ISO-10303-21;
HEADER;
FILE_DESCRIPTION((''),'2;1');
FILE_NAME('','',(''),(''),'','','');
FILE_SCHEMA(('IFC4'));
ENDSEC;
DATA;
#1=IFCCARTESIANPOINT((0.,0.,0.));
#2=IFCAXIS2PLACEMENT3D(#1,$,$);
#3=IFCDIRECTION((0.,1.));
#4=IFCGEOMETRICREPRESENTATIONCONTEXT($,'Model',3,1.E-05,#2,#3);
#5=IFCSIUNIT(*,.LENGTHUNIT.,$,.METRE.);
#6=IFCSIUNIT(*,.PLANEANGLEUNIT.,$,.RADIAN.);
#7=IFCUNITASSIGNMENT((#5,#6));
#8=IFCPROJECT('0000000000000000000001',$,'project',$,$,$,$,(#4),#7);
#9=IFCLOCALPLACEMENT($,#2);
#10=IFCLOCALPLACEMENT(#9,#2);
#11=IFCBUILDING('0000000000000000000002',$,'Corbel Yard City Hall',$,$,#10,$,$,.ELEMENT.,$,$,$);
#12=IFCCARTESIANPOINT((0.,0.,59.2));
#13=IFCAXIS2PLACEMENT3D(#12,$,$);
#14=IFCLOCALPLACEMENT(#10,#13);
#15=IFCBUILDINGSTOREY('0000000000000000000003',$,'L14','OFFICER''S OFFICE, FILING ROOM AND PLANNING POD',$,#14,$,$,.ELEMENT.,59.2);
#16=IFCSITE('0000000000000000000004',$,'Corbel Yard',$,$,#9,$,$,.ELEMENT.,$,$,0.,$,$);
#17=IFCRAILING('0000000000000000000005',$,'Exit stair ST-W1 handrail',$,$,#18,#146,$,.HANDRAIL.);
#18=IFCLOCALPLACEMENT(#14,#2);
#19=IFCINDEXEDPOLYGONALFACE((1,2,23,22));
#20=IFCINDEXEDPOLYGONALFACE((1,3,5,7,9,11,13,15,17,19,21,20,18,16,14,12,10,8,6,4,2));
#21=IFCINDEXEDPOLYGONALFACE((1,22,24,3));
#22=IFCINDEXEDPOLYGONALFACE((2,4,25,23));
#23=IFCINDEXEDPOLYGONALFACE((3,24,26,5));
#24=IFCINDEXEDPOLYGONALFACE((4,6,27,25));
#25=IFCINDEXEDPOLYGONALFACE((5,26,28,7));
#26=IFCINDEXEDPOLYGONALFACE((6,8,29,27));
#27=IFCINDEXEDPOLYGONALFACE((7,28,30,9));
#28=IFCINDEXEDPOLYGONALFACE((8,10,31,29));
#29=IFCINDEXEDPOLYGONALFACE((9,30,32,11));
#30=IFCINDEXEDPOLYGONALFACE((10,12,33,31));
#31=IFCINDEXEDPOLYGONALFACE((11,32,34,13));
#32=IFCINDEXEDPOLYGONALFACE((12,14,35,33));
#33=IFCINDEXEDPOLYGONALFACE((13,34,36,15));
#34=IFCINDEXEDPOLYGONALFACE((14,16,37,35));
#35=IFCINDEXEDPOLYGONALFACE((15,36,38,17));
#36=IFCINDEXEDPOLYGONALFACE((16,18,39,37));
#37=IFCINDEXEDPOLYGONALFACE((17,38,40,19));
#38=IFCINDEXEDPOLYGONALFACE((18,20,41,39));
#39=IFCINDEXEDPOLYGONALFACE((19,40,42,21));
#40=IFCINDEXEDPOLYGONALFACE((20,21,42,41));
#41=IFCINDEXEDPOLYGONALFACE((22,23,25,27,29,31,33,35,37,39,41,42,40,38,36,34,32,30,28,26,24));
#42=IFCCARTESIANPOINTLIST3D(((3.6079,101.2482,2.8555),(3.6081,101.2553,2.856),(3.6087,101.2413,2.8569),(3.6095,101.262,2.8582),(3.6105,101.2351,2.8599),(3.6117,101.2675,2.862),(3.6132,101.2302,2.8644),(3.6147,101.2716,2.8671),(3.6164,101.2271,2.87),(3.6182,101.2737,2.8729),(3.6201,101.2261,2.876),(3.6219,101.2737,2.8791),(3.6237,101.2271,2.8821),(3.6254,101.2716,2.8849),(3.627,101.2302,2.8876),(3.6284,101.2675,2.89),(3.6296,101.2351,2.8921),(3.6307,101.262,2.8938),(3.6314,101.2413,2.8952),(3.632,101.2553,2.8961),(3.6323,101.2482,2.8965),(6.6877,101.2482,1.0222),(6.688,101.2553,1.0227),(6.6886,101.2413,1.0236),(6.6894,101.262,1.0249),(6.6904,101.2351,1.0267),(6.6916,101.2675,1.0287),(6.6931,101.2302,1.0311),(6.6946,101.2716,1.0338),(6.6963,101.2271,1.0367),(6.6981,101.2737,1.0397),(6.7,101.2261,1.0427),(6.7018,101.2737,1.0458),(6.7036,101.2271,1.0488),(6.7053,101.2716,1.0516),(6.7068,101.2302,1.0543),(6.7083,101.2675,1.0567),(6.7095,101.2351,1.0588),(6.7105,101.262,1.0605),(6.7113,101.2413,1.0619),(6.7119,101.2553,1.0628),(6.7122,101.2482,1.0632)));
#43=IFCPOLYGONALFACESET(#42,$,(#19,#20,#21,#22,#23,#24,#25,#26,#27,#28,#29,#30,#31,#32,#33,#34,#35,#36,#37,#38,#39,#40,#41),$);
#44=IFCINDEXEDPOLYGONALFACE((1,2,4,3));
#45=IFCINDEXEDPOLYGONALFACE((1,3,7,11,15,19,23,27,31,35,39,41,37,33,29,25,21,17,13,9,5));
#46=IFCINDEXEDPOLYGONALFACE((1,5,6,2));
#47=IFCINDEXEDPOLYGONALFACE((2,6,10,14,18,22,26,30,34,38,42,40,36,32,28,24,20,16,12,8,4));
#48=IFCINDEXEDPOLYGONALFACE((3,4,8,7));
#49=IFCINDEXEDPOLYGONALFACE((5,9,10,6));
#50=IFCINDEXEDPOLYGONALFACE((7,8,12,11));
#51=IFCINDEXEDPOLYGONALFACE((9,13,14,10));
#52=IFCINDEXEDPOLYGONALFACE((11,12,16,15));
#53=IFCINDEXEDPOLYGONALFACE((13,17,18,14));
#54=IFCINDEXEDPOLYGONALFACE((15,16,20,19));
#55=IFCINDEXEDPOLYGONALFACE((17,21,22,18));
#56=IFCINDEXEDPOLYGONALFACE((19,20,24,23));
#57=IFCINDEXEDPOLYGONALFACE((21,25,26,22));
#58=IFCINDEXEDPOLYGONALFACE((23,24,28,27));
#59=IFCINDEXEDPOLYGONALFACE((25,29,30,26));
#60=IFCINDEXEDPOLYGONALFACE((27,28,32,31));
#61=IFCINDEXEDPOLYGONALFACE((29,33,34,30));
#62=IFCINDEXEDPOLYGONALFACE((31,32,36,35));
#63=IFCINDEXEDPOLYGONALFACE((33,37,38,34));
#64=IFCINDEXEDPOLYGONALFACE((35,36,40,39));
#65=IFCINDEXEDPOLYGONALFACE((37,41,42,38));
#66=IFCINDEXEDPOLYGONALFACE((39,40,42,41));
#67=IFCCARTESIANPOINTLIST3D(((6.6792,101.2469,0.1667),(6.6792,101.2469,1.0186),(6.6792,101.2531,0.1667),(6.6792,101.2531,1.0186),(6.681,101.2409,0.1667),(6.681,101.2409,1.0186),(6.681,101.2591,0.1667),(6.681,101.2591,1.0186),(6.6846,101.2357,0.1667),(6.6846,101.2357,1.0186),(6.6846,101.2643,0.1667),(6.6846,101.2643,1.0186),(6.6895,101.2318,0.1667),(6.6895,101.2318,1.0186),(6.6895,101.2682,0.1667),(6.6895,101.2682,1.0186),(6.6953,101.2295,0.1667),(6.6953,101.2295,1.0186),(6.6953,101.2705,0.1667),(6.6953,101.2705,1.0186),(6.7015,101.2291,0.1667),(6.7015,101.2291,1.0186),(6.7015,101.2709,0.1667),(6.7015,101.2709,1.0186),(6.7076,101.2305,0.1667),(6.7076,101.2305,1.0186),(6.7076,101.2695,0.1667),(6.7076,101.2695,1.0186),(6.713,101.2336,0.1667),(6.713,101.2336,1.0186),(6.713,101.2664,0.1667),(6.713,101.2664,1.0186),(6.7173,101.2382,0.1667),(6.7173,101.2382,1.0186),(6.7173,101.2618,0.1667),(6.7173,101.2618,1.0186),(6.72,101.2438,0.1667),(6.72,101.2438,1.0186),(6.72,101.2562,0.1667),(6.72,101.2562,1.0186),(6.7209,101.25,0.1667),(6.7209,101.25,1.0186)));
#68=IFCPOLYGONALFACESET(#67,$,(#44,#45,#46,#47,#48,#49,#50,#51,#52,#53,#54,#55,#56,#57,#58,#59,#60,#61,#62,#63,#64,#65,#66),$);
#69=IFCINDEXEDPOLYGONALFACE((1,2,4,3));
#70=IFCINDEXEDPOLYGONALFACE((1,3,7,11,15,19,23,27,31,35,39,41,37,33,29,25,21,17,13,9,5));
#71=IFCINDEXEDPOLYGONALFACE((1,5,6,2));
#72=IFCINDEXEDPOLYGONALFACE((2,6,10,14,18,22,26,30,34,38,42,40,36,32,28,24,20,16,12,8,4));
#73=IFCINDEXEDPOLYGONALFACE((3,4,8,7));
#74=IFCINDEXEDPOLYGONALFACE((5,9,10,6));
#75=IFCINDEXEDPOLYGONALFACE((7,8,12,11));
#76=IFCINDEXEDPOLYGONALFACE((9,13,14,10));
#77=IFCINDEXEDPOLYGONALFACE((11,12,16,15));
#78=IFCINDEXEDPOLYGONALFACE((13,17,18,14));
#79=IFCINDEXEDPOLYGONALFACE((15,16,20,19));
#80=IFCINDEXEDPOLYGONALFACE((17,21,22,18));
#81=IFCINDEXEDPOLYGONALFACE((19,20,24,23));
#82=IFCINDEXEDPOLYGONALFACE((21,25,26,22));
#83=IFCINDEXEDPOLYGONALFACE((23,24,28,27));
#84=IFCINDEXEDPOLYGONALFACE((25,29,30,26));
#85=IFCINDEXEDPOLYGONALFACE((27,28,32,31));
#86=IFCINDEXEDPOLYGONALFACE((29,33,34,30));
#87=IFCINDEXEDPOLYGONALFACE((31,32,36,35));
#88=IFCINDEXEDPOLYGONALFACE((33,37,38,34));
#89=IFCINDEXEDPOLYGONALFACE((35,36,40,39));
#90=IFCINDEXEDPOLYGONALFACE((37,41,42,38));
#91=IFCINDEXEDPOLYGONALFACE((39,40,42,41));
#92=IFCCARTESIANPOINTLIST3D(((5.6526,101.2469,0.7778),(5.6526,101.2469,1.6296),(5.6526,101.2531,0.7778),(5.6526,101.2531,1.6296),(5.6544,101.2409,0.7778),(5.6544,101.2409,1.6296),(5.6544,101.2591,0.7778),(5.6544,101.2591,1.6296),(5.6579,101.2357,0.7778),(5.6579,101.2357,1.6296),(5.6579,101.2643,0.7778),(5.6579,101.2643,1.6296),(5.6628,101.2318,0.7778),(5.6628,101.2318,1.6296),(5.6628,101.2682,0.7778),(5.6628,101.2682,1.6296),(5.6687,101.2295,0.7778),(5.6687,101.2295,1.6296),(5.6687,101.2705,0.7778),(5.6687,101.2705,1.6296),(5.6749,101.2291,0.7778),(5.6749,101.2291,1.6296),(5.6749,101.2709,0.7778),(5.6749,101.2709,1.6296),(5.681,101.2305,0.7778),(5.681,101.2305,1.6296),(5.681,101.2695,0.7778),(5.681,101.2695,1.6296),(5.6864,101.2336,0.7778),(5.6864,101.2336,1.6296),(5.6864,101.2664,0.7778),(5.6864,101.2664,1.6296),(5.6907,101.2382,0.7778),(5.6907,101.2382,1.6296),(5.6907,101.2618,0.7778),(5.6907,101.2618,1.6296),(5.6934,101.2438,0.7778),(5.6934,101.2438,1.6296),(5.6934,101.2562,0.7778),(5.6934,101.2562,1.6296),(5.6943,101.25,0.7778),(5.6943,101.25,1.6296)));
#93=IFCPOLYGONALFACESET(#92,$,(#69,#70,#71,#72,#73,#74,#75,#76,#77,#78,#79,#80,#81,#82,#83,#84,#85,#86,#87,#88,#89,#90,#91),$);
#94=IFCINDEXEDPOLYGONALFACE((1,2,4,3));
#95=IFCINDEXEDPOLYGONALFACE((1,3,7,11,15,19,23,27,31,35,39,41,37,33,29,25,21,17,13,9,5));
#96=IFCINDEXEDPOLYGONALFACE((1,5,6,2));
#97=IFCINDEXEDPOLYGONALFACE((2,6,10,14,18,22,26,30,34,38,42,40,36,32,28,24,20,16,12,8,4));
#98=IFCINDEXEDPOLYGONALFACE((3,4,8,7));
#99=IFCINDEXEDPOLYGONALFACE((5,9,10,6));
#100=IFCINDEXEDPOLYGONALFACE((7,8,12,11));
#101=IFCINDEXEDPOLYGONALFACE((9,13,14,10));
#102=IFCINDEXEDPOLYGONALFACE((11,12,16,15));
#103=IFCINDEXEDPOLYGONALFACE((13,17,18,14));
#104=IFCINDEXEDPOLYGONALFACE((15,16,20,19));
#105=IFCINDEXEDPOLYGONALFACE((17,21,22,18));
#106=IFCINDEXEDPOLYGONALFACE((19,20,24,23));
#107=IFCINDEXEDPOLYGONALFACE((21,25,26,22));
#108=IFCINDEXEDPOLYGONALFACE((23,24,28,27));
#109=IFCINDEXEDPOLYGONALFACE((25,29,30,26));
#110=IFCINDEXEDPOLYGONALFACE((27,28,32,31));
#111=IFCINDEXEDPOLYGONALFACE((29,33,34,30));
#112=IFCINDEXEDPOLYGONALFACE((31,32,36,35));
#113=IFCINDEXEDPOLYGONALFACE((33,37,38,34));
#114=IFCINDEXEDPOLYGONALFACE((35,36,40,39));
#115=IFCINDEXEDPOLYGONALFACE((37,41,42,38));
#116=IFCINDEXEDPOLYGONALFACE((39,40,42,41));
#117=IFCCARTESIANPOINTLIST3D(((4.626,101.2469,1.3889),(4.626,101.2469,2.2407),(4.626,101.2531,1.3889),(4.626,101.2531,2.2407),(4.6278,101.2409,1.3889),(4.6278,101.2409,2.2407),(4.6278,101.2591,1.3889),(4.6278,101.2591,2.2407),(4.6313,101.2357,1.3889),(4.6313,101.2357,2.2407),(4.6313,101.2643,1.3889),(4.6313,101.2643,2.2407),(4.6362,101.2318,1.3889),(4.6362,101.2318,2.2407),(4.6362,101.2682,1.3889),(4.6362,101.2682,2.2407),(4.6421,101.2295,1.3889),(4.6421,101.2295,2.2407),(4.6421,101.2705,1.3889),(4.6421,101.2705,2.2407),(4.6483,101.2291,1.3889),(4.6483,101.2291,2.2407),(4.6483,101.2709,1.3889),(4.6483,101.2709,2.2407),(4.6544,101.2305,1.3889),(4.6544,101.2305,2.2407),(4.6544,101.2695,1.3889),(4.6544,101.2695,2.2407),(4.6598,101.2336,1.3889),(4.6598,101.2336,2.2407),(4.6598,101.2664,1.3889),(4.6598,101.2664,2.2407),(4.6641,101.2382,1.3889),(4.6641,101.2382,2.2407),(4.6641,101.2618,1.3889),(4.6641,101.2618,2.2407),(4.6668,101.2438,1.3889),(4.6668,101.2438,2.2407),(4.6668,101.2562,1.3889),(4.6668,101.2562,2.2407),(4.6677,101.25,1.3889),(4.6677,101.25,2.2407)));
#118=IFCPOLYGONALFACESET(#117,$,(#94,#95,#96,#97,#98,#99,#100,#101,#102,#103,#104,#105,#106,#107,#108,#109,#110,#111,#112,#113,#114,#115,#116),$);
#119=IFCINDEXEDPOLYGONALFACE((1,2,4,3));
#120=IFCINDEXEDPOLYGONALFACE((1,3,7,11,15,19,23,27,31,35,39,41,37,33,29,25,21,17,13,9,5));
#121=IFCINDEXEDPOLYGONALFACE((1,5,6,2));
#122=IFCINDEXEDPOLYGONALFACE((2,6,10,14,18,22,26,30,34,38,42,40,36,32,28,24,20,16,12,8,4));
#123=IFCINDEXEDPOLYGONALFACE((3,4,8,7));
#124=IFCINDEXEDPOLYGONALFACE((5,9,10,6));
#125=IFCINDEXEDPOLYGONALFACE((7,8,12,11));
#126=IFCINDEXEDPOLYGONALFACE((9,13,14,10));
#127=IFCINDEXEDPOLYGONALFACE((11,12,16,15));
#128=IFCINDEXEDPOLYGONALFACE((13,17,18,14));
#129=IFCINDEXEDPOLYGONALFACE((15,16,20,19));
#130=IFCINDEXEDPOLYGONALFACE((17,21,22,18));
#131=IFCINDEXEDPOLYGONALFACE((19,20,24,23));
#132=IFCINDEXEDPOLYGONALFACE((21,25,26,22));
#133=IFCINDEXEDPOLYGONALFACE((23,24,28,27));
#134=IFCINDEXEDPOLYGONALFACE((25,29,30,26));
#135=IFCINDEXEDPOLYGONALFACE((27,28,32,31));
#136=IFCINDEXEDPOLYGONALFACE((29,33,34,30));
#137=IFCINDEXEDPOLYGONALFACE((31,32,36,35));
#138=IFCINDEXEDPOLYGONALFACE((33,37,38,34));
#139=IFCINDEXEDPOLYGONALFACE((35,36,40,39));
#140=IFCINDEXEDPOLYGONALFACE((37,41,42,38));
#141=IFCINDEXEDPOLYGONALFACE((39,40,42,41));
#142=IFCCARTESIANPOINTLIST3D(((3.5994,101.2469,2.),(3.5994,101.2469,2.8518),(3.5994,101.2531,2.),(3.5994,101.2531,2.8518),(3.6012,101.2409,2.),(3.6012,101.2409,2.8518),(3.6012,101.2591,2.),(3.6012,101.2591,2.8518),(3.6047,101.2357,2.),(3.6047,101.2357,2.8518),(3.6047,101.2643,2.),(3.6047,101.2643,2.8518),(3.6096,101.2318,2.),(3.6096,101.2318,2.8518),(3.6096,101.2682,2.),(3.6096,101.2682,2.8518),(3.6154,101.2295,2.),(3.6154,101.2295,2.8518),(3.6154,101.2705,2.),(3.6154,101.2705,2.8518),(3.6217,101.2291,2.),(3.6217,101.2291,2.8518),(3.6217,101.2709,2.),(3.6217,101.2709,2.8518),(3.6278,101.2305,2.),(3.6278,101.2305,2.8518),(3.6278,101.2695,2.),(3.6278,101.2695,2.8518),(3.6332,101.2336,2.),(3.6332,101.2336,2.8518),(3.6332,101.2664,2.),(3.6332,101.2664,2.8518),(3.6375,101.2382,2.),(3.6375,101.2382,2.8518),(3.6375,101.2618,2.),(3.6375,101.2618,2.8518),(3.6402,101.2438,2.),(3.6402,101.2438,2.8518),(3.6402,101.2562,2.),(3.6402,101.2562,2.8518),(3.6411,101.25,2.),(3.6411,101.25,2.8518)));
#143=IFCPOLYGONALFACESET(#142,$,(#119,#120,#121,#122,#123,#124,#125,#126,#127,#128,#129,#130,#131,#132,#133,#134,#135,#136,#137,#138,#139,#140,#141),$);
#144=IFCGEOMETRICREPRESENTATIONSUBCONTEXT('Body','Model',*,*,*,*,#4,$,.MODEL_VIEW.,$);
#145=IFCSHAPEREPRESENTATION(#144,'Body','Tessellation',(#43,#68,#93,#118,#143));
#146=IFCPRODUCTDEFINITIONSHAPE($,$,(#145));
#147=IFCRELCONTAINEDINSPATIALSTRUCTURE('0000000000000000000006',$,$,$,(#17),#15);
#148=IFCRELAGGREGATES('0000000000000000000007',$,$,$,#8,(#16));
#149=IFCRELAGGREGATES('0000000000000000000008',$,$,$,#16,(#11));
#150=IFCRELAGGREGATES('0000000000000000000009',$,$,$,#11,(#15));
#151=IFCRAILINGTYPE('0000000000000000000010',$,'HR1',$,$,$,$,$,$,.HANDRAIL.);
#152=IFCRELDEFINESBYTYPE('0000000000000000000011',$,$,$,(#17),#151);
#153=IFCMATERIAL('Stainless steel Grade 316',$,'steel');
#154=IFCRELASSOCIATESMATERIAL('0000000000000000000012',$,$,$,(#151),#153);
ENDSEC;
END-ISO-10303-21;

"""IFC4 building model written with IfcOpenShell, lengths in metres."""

from ifc_helpers import new_model, si_unit, direction, frame, origin, origin_2d, place, context, subcontext, project, spatial, circle, extrude, material, type_object, element, save


model = new_model("IFC4")

# Units and contexts
model_context = context("Model", 3, precision=1e-05, world=origin(), true_north=direction((0.0, 1.0)))
body_context = subcontext(model_context, "Body", "Model", "MODEL_VIEW")
ifc_project = project(units=[si_unit("LENGTHUNIT", "METRE"), si_unit("PLANEANGLEUNIT", "RADIAN")], contexts=[model_context])

# Site, building, storey
site_placement = place(None, origin())
site = spatial("IfcSite", under=ifc_project, at=site_placement, Name="Corbel Yard", CompositionType="ELEMENT", RefElevation=0.0)
building_placement = place(site_placement, origin())
building = spatial("IfcBuilding", under=site, at=building_placement, Name="Corbel Yard City Hall", CompositionType="ELEMENT")
storey_placement = place(building_placement, frame((0.0, 0.0, 59.2)))
storey = spatial("IfcBuildingStorey", under=building, at=storey_placement, Name="L14", Description="OFFICER'S OFFICE, FILING ROOM AND PLANNING POD", CompositionType="ELEMENT", Elevation=59.2)

# Railing
ifc_material_1 = material(Name="Stainless steel Grade 316", Category="steel")
railing_type = type_object("IfcRailingType", Name="HR1", PredefinedType="HANDRAIL", material=ifc_material_1)
for number, where, name in (
    (1, (6.7, 101.25, 0.1667), "Exit stair ST-W1 handrail"),
):
    element("IfcRailing", number, at=place(storey_placement, frame(where)), inside=storey, type_object=railing_type, Name=name, PredefinedType="HANDRAIL", context=body_context, shape_type="SweptSolid", body=[
        extrude(circle(Radius=0.0239, at=origin_2d()), frame((0.0, 0.0, 0.876), z_axis=(-0.859291, 0.0, 0.511487), x_axis=(0.0, -1.0, 0.0)), (0.0, 0.0, 1.0), 3.5842),
        extrude(circle(Radius=0.021, at=origin_2d()), origin(), (0.0, 0.0, 1.0), 0.8518),
        extrude(circle(Radius=0.021, at=origin_2d()), frame((-1.0266, 0.0, 0.6111)), (0.0, 0.0, 1.0), 0.8518),
        extrude(circle(Radius=0.021, at=origin_2d()), frame((-2.0532, 0.0, 1.2222)), (0.0, 0.0, 1.0), 0.8518),
        extrude(circle(Radius=0.021, at=origin_2d()), frame((-3.0798, 0.0, 1.8333)), (0.0, 0.0, 1.0), 0.8518),
    ])

save(model, "model.ifc")
